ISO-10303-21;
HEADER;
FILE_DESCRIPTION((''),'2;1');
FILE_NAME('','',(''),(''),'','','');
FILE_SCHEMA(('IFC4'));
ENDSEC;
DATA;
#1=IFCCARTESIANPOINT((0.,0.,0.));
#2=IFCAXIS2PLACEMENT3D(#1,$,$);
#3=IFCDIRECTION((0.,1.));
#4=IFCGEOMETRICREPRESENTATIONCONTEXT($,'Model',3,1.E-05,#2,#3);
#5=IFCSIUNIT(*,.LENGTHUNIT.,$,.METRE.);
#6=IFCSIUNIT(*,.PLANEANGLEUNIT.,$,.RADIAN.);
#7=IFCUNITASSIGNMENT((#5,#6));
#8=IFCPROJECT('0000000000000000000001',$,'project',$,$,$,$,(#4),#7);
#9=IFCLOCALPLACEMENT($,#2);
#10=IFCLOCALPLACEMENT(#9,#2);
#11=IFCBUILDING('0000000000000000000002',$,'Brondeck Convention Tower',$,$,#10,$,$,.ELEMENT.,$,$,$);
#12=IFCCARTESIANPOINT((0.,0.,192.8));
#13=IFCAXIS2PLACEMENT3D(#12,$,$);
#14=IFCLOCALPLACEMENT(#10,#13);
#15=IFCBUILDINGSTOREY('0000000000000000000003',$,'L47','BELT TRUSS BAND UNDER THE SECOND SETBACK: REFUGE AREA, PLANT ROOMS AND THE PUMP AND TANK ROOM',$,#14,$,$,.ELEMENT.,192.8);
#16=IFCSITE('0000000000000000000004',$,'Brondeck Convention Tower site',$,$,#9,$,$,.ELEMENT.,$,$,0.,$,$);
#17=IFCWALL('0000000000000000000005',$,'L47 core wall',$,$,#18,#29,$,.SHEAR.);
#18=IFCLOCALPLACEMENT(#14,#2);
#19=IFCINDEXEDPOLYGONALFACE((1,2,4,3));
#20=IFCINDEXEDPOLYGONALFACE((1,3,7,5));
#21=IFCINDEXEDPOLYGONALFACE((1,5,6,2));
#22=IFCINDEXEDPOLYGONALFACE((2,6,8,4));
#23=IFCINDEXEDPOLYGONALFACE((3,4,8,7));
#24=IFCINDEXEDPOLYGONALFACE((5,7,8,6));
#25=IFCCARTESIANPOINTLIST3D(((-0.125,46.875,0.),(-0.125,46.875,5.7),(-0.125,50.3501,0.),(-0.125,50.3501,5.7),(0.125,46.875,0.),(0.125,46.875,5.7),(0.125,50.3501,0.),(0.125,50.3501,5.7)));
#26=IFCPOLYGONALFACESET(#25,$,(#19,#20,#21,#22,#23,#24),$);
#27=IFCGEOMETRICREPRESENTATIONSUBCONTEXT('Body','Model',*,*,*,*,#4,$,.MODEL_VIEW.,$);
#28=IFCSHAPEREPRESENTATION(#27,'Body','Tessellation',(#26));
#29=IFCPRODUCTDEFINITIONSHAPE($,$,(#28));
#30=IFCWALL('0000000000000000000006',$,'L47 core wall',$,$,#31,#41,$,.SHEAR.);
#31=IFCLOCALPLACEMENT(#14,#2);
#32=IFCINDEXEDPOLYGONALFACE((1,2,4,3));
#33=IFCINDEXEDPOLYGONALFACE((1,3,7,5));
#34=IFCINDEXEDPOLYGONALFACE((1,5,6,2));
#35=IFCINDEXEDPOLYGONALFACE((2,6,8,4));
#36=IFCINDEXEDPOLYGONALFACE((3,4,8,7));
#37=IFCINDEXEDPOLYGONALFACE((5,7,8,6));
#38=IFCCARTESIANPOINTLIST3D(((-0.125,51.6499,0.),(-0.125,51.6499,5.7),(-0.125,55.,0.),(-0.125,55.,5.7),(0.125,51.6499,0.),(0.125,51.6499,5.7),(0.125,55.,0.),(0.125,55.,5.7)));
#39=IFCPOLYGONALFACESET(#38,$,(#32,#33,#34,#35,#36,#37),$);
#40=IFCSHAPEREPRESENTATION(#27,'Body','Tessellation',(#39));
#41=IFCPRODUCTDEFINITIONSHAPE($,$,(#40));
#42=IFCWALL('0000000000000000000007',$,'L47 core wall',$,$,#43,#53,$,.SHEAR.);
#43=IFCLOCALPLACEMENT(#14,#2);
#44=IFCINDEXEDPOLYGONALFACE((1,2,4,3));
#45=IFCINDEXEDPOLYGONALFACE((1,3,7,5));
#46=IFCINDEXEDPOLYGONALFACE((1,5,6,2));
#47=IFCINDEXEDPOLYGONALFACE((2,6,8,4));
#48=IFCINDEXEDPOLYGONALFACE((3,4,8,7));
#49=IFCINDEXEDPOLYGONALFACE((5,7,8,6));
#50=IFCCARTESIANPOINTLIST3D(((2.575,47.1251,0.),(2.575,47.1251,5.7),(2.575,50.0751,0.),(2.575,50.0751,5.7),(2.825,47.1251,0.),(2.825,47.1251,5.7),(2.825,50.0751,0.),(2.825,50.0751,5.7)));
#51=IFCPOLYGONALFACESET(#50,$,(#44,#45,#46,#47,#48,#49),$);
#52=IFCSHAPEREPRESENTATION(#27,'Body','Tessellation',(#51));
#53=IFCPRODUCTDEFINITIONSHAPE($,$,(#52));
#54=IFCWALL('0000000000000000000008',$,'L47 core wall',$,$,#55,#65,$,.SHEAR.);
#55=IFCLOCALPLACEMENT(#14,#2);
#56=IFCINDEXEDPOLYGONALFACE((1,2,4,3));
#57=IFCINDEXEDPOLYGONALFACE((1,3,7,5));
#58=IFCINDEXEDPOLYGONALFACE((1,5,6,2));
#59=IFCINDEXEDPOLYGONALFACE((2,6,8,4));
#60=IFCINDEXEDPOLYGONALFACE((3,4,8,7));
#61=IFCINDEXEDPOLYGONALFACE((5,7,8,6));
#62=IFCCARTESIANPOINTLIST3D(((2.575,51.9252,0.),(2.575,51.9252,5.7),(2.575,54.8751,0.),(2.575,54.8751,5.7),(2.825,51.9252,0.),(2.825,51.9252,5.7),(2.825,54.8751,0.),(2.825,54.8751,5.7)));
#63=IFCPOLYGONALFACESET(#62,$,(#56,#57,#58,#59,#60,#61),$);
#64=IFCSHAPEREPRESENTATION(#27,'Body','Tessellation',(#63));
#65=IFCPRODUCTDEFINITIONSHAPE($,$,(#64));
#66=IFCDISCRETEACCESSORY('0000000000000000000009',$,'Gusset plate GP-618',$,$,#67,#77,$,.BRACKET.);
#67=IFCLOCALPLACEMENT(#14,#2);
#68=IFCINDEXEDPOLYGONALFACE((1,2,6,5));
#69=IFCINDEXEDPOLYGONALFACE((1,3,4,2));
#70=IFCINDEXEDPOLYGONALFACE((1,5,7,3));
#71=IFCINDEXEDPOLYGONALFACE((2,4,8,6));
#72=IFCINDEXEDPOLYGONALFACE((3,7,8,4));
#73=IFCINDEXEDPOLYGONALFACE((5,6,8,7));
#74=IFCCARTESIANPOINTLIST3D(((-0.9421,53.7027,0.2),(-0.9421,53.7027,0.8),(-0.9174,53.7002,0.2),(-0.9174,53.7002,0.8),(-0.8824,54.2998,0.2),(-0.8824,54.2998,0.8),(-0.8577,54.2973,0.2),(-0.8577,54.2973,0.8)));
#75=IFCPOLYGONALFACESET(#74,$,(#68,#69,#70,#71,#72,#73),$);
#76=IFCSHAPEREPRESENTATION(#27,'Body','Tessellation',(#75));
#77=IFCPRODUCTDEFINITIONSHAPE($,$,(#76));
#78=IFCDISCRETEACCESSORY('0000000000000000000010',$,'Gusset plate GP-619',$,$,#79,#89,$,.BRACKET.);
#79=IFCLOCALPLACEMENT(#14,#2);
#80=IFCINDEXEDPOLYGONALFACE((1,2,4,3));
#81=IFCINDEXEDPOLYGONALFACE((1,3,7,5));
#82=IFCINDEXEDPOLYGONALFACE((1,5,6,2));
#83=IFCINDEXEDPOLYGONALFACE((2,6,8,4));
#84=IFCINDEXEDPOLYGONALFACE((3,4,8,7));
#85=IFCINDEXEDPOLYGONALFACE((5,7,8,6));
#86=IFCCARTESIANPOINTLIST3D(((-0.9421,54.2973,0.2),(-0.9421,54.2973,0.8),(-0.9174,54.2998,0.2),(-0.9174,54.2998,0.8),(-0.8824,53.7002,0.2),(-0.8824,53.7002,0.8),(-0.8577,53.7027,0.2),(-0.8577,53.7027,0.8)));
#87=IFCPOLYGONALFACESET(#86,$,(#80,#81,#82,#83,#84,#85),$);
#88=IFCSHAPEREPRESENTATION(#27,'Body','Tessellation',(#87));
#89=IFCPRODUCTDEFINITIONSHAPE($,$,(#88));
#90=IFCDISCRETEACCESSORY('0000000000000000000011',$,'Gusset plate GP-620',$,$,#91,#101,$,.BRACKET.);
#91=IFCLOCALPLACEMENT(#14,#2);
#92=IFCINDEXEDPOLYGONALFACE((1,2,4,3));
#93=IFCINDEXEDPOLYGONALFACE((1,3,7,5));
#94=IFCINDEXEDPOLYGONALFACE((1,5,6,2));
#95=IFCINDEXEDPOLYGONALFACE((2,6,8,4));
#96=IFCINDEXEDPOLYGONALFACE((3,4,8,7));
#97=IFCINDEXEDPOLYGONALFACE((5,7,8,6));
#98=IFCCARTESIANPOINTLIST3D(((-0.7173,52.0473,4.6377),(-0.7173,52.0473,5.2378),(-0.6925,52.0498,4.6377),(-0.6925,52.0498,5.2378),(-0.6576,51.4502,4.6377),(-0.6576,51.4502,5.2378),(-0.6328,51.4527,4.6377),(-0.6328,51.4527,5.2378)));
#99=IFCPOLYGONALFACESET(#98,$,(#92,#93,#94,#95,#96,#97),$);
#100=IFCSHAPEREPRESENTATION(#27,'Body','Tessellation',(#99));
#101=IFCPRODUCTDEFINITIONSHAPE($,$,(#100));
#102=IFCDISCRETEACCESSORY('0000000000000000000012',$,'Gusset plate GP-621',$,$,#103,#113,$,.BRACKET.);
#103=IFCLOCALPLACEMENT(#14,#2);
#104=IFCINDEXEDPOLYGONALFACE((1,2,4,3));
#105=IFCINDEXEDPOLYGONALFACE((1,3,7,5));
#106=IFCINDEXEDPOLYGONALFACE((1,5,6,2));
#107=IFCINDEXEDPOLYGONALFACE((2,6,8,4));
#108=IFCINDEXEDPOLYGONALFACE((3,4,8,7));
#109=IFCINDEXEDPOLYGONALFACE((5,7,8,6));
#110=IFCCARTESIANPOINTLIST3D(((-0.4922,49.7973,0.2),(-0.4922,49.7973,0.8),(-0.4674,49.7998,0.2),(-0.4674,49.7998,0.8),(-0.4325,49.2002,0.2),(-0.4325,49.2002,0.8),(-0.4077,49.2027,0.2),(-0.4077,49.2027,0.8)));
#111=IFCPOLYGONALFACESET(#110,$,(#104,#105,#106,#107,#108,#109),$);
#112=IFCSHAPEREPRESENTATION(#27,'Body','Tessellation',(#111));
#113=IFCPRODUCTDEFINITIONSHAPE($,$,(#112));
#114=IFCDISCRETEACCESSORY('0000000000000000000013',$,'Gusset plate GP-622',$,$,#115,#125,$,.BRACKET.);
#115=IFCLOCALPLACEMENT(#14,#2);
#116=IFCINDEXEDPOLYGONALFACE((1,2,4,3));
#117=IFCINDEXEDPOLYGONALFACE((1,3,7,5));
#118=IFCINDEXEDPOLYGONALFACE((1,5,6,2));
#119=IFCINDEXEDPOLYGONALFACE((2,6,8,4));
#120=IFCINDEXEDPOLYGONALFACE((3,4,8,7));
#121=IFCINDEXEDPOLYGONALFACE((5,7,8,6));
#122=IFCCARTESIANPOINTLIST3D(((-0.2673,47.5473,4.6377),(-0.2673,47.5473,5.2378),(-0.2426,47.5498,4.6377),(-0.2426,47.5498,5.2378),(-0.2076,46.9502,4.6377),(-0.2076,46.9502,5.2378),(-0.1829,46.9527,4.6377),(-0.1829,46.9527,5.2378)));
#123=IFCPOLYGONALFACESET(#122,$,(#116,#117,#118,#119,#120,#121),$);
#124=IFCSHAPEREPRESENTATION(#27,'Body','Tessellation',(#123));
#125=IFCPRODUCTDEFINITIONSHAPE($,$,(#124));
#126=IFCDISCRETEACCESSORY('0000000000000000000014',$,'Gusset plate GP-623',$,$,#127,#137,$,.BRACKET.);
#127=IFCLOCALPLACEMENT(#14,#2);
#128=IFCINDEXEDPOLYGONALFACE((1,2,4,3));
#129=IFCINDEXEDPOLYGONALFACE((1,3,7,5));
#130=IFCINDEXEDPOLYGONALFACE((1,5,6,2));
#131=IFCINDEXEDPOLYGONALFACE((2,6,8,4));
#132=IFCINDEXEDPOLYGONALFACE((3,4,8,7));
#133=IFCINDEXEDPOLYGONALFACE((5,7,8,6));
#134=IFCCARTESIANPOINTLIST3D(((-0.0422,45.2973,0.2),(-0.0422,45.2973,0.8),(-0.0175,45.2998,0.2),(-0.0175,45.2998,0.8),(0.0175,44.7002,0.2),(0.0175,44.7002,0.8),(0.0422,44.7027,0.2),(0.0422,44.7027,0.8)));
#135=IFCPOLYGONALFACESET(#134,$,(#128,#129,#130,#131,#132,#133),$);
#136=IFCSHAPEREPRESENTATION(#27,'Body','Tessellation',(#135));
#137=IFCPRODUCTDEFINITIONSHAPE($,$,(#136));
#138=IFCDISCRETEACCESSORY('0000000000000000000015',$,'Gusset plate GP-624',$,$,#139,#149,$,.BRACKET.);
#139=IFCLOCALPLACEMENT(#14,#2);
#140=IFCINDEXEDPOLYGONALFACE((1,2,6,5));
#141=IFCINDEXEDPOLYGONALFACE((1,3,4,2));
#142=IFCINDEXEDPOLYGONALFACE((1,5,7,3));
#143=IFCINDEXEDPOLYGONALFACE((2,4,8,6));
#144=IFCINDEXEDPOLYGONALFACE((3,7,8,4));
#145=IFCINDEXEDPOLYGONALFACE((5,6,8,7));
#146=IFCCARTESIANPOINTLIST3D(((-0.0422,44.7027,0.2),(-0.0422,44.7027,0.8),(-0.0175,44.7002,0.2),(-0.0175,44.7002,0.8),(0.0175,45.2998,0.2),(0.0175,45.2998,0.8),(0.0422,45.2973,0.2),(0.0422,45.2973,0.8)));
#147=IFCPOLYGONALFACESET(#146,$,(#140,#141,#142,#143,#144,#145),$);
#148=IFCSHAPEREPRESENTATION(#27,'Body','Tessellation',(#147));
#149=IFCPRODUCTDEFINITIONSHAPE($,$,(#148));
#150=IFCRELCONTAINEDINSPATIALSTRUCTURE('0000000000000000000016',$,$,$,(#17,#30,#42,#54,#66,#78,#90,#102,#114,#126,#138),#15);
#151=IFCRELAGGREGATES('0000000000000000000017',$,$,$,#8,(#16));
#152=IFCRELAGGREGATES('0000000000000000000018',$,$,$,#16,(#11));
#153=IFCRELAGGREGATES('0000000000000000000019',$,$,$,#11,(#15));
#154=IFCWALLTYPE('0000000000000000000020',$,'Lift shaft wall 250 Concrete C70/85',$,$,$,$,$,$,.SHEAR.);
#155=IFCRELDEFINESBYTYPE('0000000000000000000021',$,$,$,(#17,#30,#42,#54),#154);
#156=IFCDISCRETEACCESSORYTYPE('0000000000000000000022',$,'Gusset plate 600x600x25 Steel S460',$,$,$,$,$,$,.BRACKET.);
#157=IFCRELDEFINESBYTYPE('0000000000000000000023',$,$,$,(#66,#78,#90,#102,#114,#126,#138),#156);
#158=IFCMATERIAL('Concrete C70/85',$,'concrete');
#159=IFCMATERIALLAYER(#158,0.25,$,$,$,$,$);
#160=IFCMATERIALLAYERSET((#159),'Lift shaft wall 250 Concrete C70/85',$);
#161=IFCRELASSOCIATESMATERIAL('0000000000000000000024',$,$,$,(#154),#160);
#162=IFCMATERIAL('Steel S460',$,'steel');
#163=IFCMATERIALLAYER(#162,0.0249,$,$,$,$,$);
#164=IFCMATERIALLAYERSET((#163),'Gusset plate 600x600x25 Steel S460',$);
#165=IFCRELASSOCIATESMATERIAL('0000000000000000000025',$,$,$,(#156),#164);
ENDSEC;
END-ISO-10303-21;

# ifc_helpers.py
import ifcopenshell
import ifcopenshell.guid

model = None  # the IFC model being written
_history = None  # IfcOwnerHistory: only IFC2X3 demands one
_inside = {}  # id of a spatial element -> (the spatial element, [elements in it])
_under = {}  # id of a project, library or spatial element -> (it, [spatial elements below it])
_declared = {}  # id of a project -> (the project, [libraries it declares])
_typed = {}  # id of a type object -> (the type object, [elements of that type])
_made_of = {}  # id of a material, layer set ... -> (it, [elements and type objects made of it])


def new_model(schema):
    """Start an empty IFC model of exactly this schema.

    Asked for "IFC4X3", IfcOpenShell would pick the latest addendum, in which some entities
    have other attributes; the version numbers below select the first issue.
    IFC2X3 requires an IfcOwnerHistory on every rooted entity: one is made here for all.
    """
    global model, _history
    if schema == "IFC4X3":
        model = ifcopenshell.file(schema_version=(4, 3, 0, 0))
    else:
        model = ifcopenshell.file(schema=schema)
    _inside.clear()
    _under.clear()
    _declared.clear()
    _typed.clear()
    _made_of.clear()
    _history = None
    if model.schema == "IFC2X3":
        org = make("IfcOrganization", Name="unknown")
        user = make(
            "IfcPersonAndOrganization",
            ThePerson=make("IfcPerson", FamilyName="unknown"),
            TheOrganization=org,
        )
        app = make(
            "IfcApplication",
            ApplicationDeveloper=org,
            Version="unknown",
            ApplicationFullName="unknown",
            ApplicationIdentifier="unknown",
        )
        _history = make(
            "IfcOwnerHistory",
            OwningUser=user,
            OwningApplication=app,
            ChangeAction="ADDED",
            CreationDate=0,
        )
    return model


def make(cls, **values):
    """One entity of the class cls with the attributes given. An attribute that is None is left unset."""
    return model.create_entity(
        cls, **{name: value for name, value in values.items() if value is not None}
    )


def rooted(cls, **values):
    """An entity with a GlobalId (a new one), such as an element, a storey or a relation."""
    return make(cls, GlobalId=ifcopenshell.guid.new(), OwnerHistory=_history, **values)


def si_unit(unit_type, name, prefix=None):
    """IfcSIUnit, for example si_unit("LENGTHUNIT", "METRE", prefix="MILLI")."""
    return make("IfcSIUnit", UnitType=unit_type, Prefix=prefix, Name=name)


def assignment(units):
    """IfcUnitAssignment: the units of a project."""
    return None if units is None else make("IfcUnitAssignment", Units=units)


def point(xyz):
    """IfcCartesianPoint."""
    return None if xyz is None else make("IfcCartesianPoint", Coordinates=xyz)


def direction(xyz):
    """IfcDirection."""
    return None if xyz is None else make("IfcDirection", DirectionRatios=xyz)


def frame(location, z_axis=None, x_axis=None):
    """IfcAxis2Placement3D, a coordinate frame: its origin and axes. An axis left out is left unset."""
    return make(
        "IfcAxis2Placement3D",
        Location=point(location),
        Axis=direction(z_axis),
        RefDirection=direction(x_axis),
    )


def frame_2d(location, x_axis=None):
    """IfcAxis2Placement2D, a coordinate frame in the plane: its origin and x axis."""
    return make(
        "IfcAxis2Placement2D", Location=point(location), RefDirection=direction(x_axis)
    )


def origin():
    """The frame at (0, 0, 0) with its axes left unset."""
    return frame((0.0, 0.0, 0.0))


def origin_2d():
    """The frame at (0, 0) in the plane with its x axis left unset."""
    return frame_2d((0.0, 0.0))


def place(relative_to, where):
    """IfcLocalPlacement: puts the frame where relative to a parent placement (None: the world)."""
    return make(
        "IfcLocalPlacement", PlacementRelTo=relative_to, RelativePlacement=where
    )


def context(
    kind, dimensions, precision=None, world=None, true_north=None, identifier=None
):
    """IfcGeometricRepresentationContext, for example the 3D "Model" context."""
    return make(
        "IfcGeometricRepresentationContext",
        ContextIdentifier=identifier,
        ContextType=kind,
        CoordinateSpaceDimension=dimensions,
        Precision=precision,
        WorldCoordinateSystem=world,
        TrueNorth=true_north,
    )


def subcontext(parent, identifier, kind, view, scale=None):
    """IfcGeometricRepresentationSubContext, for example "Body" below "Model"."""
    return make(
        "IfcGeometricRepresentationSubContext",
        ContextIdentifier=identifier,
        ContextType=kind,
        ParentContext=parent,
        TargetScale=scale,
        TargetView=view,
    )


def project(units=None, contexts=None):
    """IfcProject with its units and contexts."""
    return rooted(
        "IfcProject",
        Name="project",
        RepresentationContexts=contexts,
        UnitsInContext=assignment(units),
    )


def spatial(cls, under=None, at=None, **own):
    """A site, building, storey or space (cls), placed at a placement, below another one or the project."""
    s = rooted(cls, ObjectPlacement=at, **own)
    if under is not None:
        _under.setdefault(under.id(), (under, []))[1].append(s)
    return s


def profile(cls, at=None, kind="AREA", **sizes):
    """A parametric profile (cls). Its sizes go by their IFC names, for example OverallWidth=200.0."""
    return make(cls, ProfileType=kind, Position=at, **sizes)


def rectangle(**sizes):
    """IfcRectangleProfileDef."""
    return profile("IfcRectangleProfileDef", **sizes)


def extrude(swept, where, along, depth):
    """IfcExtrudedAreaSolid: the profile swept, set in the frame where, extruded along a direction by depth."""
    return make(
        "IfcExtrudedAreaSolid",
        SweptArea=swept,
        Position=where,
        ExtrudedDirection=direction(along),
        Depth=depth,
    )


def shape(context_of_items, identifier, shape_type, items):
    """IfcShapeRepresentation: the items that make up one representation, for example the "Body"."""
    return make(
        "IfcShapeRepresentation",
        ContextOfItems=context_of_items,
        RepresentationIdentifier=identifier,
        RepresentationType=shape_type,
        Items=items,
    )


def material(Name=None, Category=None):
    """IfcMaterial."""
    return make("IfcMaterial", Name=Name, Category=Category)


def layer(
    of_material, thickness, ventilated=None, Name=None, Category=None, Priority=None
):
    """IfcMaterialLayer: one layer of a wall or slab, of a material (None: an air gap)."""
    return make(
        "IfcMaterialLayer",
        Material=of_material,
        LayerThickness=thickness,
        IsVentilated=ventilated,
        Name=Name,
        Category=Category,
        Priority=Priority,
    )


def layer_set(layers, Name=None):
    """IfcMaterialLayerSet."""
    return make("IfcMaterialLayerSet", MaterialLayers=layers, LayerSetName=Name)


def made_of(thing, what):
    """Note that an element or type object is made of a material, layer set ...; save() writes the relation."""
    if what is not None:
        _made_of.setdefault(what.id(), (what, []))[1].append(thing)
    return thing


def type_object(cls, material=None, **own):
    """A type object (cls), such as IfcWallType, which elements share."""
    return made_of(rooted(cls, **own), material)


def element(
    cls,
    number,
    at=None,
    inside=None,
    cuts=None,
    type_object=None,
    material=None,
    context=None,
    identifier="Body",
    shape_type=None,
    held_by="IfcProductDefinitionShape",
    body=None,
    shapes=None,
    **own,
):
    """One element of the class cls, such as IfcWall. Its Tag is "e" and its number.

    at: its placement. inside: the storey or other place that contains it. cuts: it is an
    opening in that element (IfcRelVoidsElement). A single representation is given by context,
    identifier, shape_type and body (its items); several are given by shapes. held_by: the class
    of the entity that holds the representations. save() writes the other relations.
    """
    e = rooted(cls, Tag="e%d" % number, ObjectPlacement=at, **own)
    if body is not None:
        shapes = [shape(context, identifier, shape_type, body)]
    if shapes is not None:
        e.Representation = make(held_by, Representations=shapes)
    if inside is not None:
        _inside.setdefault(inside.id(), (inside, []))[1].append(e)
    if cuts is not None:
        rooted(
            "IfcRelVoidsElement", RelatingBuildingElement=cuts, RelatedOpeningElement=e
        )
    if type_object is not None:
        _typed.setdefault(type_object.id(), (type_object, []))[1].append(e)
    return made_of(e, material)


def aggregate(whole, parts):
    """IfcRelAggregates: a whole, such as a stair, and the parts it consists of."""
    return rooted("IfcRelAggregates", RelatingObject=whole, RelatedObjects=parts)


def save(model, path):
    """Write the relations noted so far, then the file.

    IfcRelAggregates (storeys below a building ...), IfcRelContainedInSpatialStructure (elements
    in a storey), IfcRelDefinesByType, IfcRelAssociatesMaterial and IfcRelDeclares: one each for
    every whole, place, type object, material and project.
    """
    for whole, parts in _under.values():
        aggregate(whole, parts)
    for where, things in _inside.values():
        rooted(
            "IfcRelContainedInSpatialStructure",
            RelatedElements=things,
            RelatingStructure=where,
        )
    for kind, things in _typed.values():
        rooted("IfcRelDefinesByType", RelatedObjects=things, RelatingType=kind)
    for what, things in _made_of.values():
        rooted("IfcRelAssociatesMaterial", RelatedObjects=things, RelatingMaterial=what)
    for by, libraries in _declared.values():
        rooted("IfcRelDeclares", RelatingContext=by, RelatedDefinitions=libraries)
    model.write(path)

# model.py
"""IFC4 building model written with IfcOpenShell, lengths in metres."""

from ifc_helpers import new_model, si_unit, direction, frame, frame_2d, origin, origin_2d, place, context, subcontext, project, spatial, rectangle, extrude, material, layer, layer_set, type_object, element, save


model = new_model("IFC4")

# Units and contexts
model_context = context("Model", 3, precision=1e-05, world=origin(), true_north=direction((0.0, 1.0)))
body_context = subcontext(model_context, "Body", "Model", "MODEL_VIEW")
ifc_project = project(units=[si_unit("LENGTHUNIT", "METRE"), si_unit("PLANEANGLEUNIT", "RADIAN")], contexts=[model_context])

# Site, building, storey
site_placement = place(None, origin())
site = spatial("IfcSite", under=ifc_project, at=site_placement, Name="Brondeck Convention Tower site", CompositionType="ELEMENT", RefElevation=0.0)
building_placement = place(site_placement, origin())
building = spatial("IfcBuilding", under=site, at=building_placement, Name="Brondeck Convention Tower", CompositionType="ELEMENT")
storey_placement = place(building_placement, frame((0.0, 0.0, 192.8)))
storey = spatial("IfcBuildingStorey", under=building, at=storey_placement, Name="L47", Description="BELT TRUSS BAND UNDER THE SECOND SETBACK: REFUGE AREA, PLANT ROOMS AND THE PUMP AND TANK ROOM", CompositionType="ELEMENT", Elevation=192.8)

# Shared definitions
ifc_material_1 = material(Name="Concrete C70/85", Category="concrete")

# Shared definitions
ifc_material_2 = material(Name="Steel S460", Category="steel")

# Shared definitions
ifc_layer_1 = layer(ifc_material_1, 0.25)
ifc_layer_set_1 = layer_set([ifc_layer_1], Name="Lift shaft wall 250 Concrete C70/85")
wall_type_1 = type_object("IfcWallType", Name="Lift shaft wall 250 Concrete C70/85", PredefinedType="SHEAR", material=ifc_layer_set_1)

# Walls
wall_1_placement = place(storey_placement, frame((0.0, 46.875, 0.0), z_axis=(0.0, 0.0, 1.0), x_axis=(0.0, 1.0, 0.0)))
element("IfcWall", 1, at=wall_1_placement, inside=storey, type_object=wall_type_1, Name="L47 core wall", PredefinedType="SHEAR", context=body_context, shape_type="SweptSolid", body=[
    extrude(rectangle(XDim=3.4751, YDim=0.25, at=frame_2d((1.7375, 0.0))), origin(), (0.0, 0.0, 1.0), 5.7),
])
wall_2_placement = place(storey_placement, frame((0.0, 51.6499, 0.0), z_axis=(0.0, 0.0, 1.0), x_axis=(0.0, 1.0, 0.0)))
element("IfcWall", 2, at=wall_2_placement, inside=storey, type_object=wall_type_1, Name="L47 core wall", PredefinedType="SHEAR", context=body_context, shape_type="SweptSolid", body=[
    extrude(rectangle(XDim=3.3501, YDim=0.25, at=frame_2d((1.675, 0.0))), origin(), (0.0, 0.0, 1.0), 5.7),
])
for number, where, z_axis, x_axis, name in (
    (3, (2.7, 47.125, 0.0), (0.0, 0.0, 1.0), (0.0, 1.0, 0.0), "L47 core wall"),
    (4, (2.7, 51.925, 0.0), (0.0, 0.0, 1.0), (0.0, 1.0, 0.0), "L47 core wall"),
):
    element("IfcWall", number, at=place(storey_placement, frame(where, z_axis=z_axis, x_axis=x_axis)), inside=storey, type_object=wall_type_1, Name=name, PredefinedType="SHEAR", context=body_context, shape_type="SweptSolid", body=[
        extrude(rectangle(XDim=2.95, YDim=0.25, at=frame_2d((1.4751, 0.0))), origin(), (0.0, 0.0, 1.0), 5.7),
    ])

# Discrete accessories
ifc_layer_2 = layer(ifc_material_2, 0.0249)
ifc_layer_set_2 = layer_set([ifc_layer_2], Name="Gusset plate 600x600x25 Steel S460")
discrete_accessory_type = type_object("IfcDiscreteAccessoryType", Name="Gusset plate 600x600x25 Steel S460", PredefinedType="BRACKET", material=ifc_layer_set_2)
for number, where, z_axis, x_axis, name in (
    (5, (-0.8999, 54.0, 0.2), (0.0, 0.0, 1.0), (0.099511, 0.995036, 0.0), "Gusset plate GP-618"),
    (6, (-0.8999, 54.0, 0.2), (0.0, 0.0, 1.0), (-0.099511, 0.995036, 0.0), "Gusset plate GP-619"),
    (7, (-0.675, 51.75, 4.6377), (0.0, 0.0, 1.0), (-0.099511, 0.995036, 0.0), "Gusset plate GP-620"),
    (8, (-0.45, 49.5, 0.2), (0.0, 0.0, 1.0), (-0.099511, 0.995036, 0.0), "Gusset plate GP-621"),
    (9, (-0.2251, 47.25, 4.6377), (0.0, 0.0, 1.0), (-0.099511, 0.995036, 0.0), "Gusset plate GP-622"),
    (10, (0.0, 45.0, 0.2), (0.0, 0.0, 1.0), (-0.099511, 0.995036, 0.0), "Gusset plate GP-623"),
    (11, (0.0, 45.0, 0.2), (0.0, 0.0, 1.0), (0.099511, 0.995036, 0.0), "Gusset plate GP-624"),
):
    element("IfcDiscreteAccessory", number, at=place(storey_placement, frame(where, z_axis=z_axis, x_axis=x_axis)), inside=storey, type_object=discrete_accessory_type, Name=name, PredefinedType="BRACKET", context=body_context, shape_type="SweptSolid", body=[
        extrude(rectangle(XDim=0.6001, YDim=0.0249, at=origin_2d()), origin(), (0.0, 0.0, 1.0), 0.6001),
    ])

save(model, "model.ifc")
